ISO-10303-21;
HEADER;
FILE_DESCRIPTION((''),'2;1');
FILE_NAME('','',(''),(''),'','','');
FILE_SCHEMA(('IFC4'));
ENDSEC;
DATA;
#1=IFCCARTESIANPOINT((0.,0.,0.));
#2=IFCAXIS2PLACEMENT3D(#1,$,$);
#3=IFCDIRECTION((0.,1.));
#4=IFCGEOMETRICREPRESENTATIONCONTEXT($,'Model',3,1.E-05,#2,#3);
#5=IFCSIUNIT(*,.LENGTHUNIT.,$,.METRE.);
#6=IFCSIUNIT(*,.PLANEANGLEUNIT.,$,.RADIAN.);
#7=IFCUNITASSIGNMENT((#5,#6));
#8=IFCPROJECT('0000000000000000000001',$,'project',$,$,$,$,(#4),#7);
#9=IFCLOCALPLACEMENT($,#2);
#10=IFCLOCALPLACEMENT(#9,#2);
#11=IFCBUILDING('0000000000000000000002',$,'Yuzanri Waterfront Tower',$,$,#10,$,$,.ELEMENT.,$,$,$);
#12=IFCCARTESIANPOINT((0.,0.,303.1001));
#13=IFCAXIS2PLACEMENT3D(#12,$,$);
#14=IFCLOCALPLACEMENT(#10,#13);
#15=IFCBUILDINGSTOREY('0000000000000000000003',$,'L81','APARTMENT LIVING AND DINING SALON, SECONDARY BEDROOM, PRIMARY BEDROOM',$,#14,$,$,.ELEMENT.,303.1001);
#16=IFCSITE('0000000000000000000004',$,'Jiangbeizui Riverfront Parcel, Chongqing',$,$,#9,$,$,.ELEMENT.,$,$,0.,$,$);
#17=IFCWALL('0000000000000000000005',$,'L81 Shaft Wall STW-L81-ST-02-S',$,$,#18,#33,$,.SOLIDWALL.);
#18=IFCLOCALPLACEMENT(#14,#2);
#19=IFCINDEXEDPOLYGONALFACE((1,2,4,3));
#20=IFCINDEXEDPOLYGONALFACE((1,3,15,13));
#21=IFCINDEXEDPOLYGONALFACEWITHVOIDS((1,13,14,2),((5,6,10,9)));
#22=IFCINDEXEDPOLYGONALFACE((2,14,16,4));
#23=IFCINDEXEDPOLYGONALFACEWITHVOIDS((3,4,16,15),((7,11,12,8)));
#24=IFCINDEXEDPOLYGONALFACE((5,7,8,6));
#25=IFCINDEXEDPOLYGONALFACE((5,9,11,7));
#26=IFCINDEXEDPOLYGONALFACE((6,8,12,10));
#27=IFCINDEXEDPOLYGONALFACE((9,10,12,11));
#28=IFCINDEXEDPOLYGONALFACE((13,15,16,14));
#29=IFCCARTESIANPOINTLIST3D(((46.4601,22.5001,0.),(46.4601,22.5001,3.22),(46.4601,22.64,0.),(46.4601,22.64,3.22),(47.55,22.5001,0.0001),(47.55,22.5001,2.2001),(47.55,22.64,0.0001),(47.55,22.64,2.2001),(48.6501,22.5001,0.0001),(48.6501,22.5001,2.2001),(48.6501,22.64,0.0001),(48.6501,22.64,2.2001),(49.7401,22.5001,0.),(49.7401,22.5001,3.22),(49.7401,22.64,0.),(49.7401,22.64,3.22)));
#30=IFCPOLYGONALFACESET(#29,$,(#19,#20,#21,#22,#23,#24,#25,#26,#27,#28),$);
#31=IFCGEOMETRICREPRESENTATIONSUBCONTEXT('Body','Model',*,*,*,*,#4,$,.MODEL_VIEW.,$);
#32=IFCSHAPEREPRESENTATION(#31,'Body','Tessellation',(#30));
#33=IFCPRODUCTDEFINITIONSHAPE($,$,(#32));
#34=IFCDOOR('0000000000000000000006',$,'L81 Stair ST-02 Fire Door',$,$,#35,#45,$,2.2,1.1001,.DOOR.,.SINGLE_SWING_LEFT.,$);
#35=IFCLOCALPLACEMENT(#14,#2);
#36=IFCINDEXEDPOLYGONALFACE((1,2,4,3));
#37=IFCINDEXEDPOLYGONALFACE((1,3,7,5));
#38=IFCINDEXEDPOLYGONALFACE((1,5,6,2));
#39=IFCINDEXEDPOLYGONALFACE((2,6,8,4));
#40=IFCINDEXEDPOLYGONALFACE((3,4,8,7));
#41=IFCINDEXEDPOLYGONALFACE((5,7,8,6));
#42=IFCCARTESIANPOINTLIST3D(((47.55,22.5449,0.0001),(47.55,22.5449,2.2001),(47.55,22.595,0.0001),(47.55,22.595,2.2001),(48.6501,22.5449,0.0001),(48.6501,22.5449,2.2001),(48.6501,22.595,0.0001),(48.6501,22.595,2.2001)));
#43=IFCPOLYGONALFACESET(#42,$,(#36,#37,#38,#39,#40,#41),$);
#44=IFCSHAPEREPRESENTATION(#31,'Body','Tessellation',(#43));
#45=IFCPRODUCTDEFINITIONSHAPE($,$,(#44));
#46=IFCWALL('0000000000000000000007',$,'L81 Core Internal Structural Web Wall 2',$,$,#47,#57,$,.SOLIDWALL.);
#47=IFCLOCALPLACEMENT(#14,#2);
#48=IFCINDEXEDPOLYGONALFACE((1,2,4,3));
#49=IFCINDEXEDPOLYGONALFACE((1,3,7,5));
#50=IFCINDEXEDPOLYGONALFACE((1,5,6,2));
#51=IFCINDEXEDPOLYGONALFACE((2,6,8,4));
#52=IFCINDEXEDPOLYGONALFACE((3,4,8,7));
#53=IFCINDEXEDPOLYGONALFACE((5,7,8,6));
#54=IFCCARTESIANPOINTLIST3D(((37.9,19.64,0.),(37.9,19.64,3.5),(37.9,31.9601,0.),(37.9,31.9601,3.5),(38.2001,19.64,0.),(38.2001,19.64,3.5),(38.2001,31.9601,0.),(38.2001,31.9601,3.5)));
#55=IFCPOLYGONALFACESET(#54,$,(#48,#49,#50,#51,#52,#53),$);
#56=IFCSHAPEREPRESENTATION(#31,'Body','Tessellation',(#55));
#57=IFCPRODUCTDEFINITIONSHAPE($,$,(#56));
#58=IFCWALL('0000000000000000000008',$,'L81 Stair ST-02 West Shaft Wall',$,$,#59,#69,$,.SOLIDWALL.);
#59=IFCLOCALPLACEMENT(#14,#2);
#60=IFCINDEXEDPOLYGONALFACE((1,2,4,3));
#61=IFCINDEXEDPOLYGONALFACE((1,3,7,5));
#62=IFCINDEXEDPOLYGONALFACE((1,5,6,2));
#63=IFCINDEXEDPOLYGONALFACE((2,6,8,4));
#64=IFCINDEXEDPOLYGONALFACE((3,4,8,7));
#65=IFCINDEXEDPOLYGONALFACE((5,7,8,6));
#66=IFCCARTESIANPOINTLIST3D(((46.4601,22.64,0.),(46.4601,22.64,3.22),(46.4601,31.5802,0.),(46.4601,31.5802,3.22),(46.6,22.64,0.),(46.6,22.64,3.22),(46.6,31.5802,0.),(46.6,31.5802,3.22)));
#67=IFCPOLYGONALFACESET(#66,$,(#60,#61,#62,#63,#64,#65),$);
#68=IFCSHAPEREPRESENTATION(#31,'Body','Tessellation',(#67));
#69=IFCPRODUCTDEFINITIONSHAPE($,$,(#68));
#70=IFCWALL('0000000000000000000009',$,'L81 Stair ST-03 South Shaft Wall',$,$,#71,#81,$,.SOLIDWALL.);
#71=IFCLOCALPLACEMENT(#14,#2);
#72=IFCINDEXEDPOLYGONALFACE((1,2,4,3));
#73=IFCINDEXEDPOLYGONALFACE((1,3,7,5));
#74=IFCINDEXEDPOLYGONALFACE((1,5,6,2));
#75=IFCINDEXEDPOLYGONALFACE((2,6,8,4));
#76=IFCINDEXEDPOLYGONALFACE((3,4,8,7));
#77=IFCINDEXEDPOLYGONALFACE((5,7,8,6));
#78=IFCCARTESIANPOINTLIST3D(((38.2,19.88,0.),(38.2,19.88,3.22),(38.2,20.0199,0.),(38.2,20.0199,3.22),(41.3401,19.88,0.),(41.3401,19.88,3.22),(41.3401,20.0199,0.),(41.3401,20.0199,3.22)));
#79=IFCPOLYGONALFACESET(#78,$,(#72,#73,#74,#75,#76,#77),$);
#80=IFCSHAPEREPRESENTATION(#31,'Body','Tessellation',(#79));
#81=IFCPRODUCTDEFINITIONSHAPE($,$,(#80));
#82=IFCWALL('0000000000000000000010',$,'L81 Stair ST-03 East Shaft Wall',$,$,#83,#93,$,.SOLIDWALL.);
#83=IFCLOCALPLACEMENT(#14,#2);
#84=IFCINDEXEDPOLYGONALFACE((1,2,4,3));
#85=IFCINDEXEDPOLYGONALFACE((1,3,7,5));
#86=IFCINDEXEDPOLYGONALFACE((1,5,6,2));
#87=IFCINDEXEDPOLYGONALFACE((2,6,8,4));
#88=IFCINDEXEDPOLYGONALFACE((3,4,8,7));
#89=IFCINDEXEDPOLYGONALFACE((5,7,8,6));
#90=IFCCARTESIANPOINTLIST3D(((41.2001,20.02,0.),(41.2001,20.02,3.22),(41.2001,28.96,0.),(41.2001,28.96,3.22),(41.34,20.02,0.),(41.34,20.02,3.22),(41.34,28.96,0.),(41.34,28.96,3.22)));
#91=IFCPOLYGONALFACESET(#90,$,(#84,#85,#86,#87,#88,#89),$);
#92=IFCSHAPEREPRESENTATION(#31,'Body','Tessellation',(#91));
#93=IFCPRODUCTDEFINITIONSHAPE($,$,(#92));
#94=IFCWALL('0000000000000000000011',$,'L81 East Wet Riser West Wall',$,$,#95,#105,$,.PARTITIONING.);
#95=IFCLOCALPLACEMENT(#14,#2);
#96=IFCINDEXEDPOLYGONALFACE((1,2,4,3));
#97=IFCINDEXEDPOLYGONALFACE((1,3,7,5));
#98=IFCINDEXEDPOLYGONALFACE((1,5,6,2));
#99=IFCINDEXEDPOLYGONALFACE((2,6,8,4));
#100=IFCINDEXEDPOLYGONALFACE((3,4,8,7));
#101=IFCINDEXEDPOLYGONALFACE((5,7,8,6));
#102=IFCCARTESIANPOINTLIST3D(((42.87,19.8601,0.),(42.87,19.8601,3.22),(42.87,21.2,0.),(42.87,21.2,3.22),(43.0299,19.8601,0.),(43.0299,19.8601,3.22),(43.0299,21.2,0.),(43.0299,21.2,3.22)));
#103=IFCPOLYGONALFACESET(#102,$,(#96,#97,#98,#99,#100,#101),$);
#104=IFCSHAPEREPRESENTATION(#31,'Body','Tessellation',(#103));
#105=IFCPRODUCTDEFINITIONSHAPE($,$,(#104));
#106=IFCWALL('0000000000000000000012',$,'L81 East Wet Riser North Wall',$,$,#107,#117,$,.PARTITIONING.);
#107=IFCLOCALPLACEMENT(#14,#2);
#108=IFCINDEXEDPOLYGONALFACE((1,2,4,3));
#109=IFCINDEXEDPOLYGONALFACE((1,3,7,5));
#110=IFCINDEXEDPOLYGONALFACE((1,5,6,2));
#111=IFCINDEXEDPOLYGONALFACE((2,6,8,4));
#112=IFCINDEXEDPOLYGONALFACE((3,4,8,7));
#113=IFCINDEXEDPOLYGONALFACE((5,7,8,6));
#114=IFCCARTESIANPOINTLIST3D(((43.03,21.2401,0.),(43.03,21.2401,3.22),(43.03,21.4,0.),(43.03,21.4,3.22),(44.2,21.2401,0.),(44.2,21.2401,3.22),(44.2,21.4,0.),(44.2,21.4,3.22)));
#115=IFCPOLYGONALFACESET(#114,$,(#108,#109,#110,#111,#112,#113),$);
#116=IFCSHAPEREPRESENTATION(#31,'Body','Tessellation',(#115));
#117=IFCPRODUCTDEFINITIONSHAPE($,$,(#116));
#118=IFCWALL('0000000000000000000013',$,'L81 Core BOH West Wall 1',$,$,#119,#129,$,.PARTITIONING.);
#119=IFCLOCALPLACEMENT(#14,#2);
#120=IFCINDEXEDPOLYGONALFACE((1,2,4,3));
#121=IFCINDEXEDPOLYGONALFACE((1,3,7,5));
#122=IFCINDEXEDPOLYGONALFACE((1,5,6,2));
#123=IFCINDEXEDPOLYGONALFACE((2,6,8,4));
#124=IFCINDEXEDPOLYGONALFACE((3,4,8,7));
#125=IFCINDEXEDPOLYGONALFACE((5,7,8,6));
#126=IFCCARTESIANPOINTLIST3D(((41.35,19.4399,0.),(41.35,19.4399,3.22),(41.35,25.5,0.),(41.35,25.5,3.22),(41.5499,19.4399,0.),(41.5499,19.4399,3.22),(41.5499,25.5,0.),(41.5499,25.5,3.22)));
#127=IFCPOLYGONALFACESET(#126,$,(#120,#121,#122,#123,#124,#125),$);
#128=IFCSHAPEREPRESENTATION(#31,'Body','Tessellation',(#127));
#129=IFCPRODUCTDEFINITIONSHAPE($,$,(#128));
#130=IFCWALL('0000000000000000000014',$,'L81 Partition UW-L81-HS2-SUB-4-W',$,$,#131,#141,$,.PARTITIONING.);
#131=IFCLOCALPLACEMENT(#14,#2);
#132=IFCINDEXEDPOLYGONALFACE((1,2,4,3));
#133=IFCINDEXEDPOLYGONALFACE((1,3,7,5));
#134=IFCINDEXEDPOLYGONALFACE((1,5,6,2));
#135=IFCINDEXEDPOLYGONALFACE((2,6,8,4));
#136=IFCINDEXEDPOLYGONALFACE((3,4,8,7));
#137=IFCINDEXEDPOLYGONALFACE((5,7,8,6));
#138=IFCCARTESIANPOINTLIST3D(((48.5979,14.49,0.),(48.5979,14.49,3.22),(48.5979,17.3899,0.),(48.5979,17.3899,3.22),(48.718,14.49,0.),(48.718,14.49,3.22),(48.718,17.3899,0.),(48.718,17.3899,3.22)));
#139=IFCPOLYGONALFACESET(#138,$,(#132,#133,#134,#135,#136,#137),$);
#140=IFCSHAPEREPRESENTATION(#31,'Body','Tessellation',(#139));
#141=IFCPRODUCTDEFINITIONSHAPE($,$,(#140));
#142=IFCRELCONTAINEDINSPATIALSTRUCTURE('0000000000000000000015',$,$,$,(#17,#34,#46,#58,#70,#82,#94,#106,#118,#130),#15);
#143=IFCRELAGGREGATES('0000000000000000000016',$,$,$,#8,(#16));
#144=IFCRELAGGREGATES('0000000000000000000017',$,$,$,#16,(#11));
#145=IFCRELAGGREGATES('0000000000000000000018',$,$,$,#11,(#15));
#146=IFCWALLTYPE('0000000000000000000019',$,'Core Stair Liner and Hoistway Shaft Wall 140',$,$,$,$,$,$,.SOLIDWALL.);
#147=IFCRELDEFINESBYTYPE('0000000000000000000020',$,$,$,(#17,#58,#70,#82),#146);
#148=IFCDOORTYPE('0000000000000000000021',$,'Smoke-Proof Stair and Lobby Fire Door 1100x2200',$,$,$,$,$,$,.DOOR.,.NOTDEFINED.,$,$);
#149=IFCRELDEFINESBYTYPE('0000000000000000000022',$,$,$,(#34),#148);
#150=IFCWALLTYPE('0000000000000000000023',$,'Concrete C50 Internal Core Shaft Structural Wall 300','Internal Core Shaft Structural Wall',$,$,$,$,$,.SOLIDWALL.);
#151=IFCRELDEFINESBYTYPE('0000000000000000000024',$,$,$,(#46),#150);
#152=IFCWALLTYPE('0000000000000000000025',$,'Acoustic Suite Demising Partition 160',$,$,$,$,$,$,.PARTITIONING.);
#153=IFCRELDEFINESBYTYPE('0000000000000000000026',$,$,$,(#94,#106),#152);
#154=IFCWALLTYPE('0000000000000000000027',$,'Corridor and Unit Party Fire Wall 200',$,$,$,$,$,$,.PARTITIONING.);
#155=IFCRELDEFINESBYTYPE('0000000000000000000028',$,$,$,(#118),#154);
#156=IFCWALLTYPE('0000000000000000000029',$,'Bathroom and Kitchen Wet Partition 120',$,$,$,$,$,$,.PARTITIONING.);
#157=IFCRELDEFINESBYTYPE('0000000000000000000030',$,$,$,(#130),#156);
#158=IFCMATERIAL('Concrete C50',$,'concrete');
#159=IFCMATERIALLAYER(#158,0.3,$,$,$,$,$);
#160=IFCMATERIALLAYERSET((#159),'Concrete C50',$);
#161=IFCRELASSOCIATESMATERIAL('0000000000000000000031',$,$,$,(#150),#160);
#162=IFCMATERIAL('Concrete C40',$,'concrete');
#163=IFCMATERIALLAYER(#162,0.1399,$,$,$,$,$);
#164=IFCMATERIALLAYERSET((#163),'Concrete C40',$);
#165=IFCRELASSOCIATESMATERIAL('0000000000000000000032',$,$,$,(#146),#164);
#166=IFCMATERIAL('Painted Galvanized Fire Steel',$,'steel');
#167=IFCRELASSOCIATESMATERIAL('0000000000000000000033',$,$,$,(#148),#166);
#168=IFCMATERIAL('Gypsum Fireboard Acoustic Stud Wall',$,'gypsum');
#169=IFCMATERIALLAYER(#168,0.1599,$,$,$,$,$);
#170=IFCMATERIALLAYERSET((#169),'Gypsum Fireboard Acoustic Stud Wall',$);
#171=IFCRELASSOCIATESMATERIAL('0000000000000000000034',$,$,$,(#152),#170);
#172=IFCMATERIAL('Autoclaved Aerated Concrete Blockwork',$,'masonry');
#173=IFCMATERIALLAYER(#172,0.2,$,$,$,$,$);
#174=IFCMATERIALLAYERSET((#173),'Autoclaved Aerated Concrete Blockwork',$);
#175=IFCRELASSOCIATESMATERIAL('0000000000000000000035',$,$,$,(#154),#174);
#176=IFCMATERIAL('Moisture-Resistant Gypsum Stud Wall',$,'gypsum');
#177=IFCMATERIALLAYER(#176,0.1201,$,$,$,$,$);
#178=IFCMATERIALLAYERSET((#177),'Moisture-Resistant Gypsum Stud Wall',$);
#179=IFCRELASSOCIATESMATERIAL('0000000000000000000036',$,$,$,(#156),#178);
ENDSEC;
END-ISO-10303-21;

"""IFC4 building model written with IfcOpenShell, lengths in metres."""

from ifc_helpers import new_model, si_unit, direction, frame, frame_2d, origin, place, context, subcontext, project, spatial, rectangle, extrude, source, transform, mapped, material, layer, layer_set, type_object, element, fill, save


model = new_model("IFC4")

# Units and contexts
model_context = context("Model", 3, precision=1e-05, world=origin(), true_north=direction((0.0, 1.0)))
body_context = subcontext(model_context, "Body", "Model", "MODEL_VIEW")
ifc_project = project(units=[si_unit("LENGTHUNIT", "METRE"), si_unit("PLANEANGLEUNIT", "RADIAN")], contexts=[model_context])

# Site, building, storey
site_placement = place(None, origin())
site = spatial("IfcSite", under=ifc_project, at=site_placement, Name="Jiangbeizui Riverfront Parcel, Chongqing", CompositionType="ELEMENT", RefElevation=0.0)
building_placement = place(site_placement, origin())
building = spatial("IfcBuilding", under=site, at=building_placement, Name="Yuzanri Waterfront Tower", CompositionType="ELEMENT")
storey_placement = place(building_placement, frame((0.0, 0.0, 303.1001)))
storey = spatial("IfcBuildingStorey", under=building, at=storey_placement, Name="L81", Description="APARTMENT LIVING AND DINING SALON, SECONDARY BEDROOM, PRIMARY BEDROOM", CompositionType="ELEMENT", Elevation=303.1001)

# Shared definitions
ifc_material_1 = material(Name="Concrete C50", Category="concrete")
ifc_layer_1 = layer(ifc_material_1, 0.3)
ifc_layer_set_1 = layer_set([ifc_layer_1], Name="Concrete C50")
wall_type_1 = type_object("IfcWallType", Name="Concrete C50 Internal Core Shaft Structural Wall 300", Description="Internal Core Shaft Structural Wall", PredefinedType="SOLIDWALL", material=ifc_layer_set_1)

# Wall, opening, door
ifc_material_2 = material(Name="Concrete C40", Category="concrete")
ifc_layer_2 = layer(ifc_material_2, 0.1399)
ifc_layer_set_2 = layer_set([ifc_layer_2], Name="Concrete C40")
wall_type_2 = type_object("IfcWallType", Name="Core Stair Liner and Hoistway Shaft Wall 140", PredefinedType="SOLIDWALL", material=ifc_layer_set_2)
wall_1_placement = place(storey_placement, frame((46.46, 22.5701, 0.0), z_axis=(0.0, 0.0, 1.0), x_axis=(1.0, 0.0, 0.0)))
wall_1 = element("IfcWall", 1, at=wall_1_placement, inside=storey, type_object=wall_type_2, Name="L81 Shaft Wall STW-L81-ST-02-S", PredefinedType="SOLIDWALL", context=body_context, shape_type="SweptSolid", body=[
    extrude(rectangle(XDim=3.28, YDim=0.1399, at=frame_2d((1.6401, 0.0))), origin(), (0.0, 0.0, 1.0), 3.22),
])
opening_1_placement = place(wall_1_placement, frame((1.0901, 0.0, 0.0)))
opening_1 = element("IfcOpeningElement", 2, at=opening_1_placement, cuts=wall_1, PredefinedType="OPENING", context=body_context, shape_type="SweptSolid", body=[
    extrude(rectangle(XDim=1.1001, YDim=2.2, at=frame_2d((0.55, 1.1001))), frame((0.0, 0.085, 0.0), z_axis=(0.0, -1.0, 0.0), x_axis=(1.0, 0.0, 0.0)), (0.0, 0.0, 1.0), 0.1697),
])
ifc_material_3 = material(Name="Painted Galvanized Fire Steel", Category="steel")
door_type_1 = type_object("IfcDoorType", Name="Smoke-Proof Stair and Lobby Fire Door 1100x2200", OperationType="NOTDEFINED", PredefinedType="DOOR", material=ifc_material_3)
shared_shape_1 = source(origin(), body_context, "Body", "SweptSolid", [
    extrude(rectangle(XDim=1.1001, YDim=2.2, at=frame_2d((0.55, 1.1001))), frame((0.0, 0.0249, 0.0), z_axis=(0.0, -1.0, 0.0), x_axis=(1.0, 0.0, 0.0)), (0.0, 0.0, 1.0), 0.05),
])
door_1_placement = place(opening_1_placement, origin())
door_1 = element("IfcDoor", 3, at=door_1_placement, inside=storey, type_object=door_type_1, Name="L81 Stair ST-02 Fire Door", OperationType="SINGLE_SWING_LEFT", OverallHeight=2.2, OverallWidth=1.1001, PredefinedType="DOOR", context=body_context, shape_type="MappedRepresentation", body=[
    mapped(shared_shape_1, transform((0.0, 0.0, 0.0), scale=1.0)),
])
fill(opening_1, door_1)

# Walls
shared_shape_2 = source(origin(), body_context, "Body", "SweptSolid", [
    extrude(rectangle(XDim=12.3201, YDim=0.3, at=frame_2d((6.1602, 0.0))), origin(), (0.0, 0.0, 1.0), 3.5),
])
wall_2_placement = place(storey_placement, frame((38.05, 19.6399, 0.0), z_axis=(0.0, 0.0, 1.0), x_axis=(0.0, 1.0, 0.0)))
element("IfcWall", 4, at=wall_2_placement, inside=storey, type_object=wall_type_1, Name="L81 Core Internal Structural Web Wall 2", PredefinedType="SOLIDWALL", context=body_context, shape_type="MappedRepresentation", body=[
    mapped(shared_shape_2, transform((0.0, 0.0, 0.0), scale=1.0)),
])
shared_shape_3 = source(origin(), body_context, "Body", "SweptSolid", [
    extrude(rectangle(XDim=8.9402, YDim=0.1399, at=frame_2d((4.4702, 0.0))), origin(), (0.0, 0.0, 1.0), 3.22),
])
wall_3_placement = place(storey_placement, frame((46.53, 22.6399, 0.0), z_axis=(0.0, 0.0, 1.0), x_axis=(0.0, 1.0, 0.0)))
element("IfcWall", 5, at=wall_3_placement, inside=storey, type_object=wall_type_2, Name="L81 Stair ST-02 West Shaft Wall", PredefinedType="SOLIDWALL", context=body_context, shape_type="MappedRepresentation", body=[
    mapped(shared_shape_3, transform((0.0, 0.0, 0.0), scale=1.0)),
])
shared_shape_4 = source(origin(), body_context, "Body", "SweptSolid", [
    extrude(rectangle(XDim=3.1401, YDim=0.1399, at=frame_2d((1.5701, 0.0))), origin(), (0.0, 0.0, 1.0), 3.22),
])
wall_4_placement = place(storey_placement, frame((38.2, 19.95, 0.0), z_axis=(0.0, 0.0, 1.0), x_axis=(1.0, 0.0, 0.0)))
element("IfcWall", 6, at=wall_4_placement, inside=storey, type_object=wall_type_2, Name="L81 Stair ST-03 South Shaft Wall", PredefinedType="SOLIDWALL", context=body_context, shape_type="MappedRepresentation", body=[
    mapped(shared_shape_4, transform((0.0, 0.0, 0.0), scale=1.0)),
])
shared_shape_5 = source(origin(), body_context, "Body", "SweptSolid", [
    extrude(rectangle(XDim=8.9399, YDim=0.1399, at=frame_2d((4.47, 0.0))), origin(), (0.0, 0.0, 1.0), 3.22),
])
wall_5_placement = place(storey_placement, frame((41.27, 20.02, 0.0), z_axis=(0.0, 0.0, 1.0), x_axis=(0.0, 1.0, 0.0)))
element("IfcWall", 7, at=wall_5_placement, inside=storey, type_object=wall_type_2, Name="L81 Stair ST-03 East Shaft Wall", PredefinedType="SOLIDWALL", context=body_context, shape_type="MappedRepresentation", body=[
    mapped(shared_shape_5, transform((0.0, 0.0, 0.0), scale=1.0)),
])
ifc_material_4 = material(Name="Gypsum Fireboard Acoustic Stud Wall", Category="gypsum")
ifc_layer_3 = layer(ifc_material_4, 0.1599)
ifc_layer_set_3 = layer_set([ifc_layer_3], Name="Gypsum Fireboard Acoustic Stud Wall")
wall_type_3 = type_object("IfcWallType", Name="Acoustic Suite Demising Partition 160", PredefinedType="PARTITIONING", material=ifc_layer_set_3)
shared_shape_6 = source(origin(), body_context, "Body", "SweptSolid", [
    extrude(rectangle(XDim=1.3398, YDim=0.1599, at=frame_2d((0.6699, 0.0))), origin(), (0.0, 0.0, 1.0), 3.22),
])
wall_6_placement = place(storey_placement, frame((42.95, 19.8601, 0.0), z_axis=(0.0, 0.0, 1.0), x_axis=(0.0, 1.0, 0.0)))
element("IfcWall", 8, at=wall_6_placement, inside=storey, type_object=wall_type_3, Name="L81 East Wet Riser West Wall", PredefinedType="PARTITIONING", context=body_context, shape_type="MappedRepresentation", body=[
    mapped(shared_shape_6, transform((0.0, 0.0, 0.0), scale=1.0)),
])
shared_shape_7 = source(origin(), body_context, "Body", "SweptSolid", [
    extrude(rectangle(XDim=1.1699, YDim=0.1599, at=frame_2d((0.585, 0.0))), origin(), (0.0, 0.0, 1.0), 3.22),
])
wall_7_placement = place(storey_placement, frame((43.03, 21.3201, 0.0), z_axis=(0.0, 0.0, 1.0), x_axis=(1.0, 0.0, 0.0)))
element("IfcWall", 9, at=wall_7_placement, inside=storey, type_object=wall_type_3, Name="L81 East Wet Riser North Wall", PredefinedType="PARTITIONING", context=body_context, shape_type="MappedRepresentation", body=[
    mapped(shared_shape_7, transform((0.0, 0.0, 0.0), scale=1.0)),
])
ifc_material_5 = material(Name="Autoclaved Aerated Concrete Blockwork", Category="masonry")
ifc_layer_4 = layer(ifc_material_5, 0.2)
ifc_layer_set_4 = layer_set([ifc_layer_4], Name="Autoclaved Aerated Concrete Blockwork")
wall_type_4 = type_object("IfcWallType", Name="Corridor and Unit Party Fire Wall 200", PredefinedType="PARTITIONING", material=ifc_layer_set_4)
shared_shape_8 = source(origin(), body_context, "Body", "SweptSolid", [
    extrude(rectangle(XDim=6.0601, YDim=0.2, at=frame_2d((3.03, 0.0))), origin(), (0.0, 0.0, 1.0), 3.22),
])
wall_8_placement = place(storey_placement, frame((41.45, 19.4399, 0.0), z_axis=(0.0, 0.0, 1.0), x_axis=(0.0, 1.0, 0.0)))
element("IfcWall", 10, at=wall_8_placement, inside=storey, type_object=wall_type_4, Name="L81 Core BOH West Wall 1", PredefinedType="PARTITIONING", context=body_context, shape_type="MappedRepresentation", body=[
    mapped(shared_shape_8, transform((0.0, 0.0, 0.0), scale=1.0)),
])
ifc_material_6 = material(Name="Moisture-Resistant Gypsum Stud Wall", Category="gypsum")
ifc_layer_5 = layer(ifc_material_6, 0.1201)
ifc_layer_set_5 = layer_set([ifc_layer_5], Name="Moisture-Resistant Gypsum Stud Wall")
wall_type_5 = type_object("IfcWallType", Name="Bathroom and Kitchen Wet Partition 120", PredefinedType="PARTITIONING", material=ifc_layer_set_5)
shared_shape_9 = source(origin(), body_context, "Body", "SweptSolid", [
    extrude(rectangle(XDim=2.8999, YDim=0.1201, at=frame_2d((1.45, 0.0))), origin(), (0.0, 0.0, 1.0), 3.22),
])
wall_9_placement = place(storey_placement, frame((48.658, 14.49, 0.0), z_axis=(0.0, 0.0, 1.0), x_axis=(0.0, 1.0, 0.0)))
element("IfcWall", 11, at=wall_9_placement, inside=storey, type_object=wall_type_5, Name="L81 Partition UW-L81-HS2-SUB-4-W", PredefinedType="PARTITIONING", context=body_context, shape_type="MappedRepresentation", body=[
    mapped(shared_shape_9, transform((0.0, 0.0, 0.0), scale=1.0)),
])

save(model, "model.ifc")
